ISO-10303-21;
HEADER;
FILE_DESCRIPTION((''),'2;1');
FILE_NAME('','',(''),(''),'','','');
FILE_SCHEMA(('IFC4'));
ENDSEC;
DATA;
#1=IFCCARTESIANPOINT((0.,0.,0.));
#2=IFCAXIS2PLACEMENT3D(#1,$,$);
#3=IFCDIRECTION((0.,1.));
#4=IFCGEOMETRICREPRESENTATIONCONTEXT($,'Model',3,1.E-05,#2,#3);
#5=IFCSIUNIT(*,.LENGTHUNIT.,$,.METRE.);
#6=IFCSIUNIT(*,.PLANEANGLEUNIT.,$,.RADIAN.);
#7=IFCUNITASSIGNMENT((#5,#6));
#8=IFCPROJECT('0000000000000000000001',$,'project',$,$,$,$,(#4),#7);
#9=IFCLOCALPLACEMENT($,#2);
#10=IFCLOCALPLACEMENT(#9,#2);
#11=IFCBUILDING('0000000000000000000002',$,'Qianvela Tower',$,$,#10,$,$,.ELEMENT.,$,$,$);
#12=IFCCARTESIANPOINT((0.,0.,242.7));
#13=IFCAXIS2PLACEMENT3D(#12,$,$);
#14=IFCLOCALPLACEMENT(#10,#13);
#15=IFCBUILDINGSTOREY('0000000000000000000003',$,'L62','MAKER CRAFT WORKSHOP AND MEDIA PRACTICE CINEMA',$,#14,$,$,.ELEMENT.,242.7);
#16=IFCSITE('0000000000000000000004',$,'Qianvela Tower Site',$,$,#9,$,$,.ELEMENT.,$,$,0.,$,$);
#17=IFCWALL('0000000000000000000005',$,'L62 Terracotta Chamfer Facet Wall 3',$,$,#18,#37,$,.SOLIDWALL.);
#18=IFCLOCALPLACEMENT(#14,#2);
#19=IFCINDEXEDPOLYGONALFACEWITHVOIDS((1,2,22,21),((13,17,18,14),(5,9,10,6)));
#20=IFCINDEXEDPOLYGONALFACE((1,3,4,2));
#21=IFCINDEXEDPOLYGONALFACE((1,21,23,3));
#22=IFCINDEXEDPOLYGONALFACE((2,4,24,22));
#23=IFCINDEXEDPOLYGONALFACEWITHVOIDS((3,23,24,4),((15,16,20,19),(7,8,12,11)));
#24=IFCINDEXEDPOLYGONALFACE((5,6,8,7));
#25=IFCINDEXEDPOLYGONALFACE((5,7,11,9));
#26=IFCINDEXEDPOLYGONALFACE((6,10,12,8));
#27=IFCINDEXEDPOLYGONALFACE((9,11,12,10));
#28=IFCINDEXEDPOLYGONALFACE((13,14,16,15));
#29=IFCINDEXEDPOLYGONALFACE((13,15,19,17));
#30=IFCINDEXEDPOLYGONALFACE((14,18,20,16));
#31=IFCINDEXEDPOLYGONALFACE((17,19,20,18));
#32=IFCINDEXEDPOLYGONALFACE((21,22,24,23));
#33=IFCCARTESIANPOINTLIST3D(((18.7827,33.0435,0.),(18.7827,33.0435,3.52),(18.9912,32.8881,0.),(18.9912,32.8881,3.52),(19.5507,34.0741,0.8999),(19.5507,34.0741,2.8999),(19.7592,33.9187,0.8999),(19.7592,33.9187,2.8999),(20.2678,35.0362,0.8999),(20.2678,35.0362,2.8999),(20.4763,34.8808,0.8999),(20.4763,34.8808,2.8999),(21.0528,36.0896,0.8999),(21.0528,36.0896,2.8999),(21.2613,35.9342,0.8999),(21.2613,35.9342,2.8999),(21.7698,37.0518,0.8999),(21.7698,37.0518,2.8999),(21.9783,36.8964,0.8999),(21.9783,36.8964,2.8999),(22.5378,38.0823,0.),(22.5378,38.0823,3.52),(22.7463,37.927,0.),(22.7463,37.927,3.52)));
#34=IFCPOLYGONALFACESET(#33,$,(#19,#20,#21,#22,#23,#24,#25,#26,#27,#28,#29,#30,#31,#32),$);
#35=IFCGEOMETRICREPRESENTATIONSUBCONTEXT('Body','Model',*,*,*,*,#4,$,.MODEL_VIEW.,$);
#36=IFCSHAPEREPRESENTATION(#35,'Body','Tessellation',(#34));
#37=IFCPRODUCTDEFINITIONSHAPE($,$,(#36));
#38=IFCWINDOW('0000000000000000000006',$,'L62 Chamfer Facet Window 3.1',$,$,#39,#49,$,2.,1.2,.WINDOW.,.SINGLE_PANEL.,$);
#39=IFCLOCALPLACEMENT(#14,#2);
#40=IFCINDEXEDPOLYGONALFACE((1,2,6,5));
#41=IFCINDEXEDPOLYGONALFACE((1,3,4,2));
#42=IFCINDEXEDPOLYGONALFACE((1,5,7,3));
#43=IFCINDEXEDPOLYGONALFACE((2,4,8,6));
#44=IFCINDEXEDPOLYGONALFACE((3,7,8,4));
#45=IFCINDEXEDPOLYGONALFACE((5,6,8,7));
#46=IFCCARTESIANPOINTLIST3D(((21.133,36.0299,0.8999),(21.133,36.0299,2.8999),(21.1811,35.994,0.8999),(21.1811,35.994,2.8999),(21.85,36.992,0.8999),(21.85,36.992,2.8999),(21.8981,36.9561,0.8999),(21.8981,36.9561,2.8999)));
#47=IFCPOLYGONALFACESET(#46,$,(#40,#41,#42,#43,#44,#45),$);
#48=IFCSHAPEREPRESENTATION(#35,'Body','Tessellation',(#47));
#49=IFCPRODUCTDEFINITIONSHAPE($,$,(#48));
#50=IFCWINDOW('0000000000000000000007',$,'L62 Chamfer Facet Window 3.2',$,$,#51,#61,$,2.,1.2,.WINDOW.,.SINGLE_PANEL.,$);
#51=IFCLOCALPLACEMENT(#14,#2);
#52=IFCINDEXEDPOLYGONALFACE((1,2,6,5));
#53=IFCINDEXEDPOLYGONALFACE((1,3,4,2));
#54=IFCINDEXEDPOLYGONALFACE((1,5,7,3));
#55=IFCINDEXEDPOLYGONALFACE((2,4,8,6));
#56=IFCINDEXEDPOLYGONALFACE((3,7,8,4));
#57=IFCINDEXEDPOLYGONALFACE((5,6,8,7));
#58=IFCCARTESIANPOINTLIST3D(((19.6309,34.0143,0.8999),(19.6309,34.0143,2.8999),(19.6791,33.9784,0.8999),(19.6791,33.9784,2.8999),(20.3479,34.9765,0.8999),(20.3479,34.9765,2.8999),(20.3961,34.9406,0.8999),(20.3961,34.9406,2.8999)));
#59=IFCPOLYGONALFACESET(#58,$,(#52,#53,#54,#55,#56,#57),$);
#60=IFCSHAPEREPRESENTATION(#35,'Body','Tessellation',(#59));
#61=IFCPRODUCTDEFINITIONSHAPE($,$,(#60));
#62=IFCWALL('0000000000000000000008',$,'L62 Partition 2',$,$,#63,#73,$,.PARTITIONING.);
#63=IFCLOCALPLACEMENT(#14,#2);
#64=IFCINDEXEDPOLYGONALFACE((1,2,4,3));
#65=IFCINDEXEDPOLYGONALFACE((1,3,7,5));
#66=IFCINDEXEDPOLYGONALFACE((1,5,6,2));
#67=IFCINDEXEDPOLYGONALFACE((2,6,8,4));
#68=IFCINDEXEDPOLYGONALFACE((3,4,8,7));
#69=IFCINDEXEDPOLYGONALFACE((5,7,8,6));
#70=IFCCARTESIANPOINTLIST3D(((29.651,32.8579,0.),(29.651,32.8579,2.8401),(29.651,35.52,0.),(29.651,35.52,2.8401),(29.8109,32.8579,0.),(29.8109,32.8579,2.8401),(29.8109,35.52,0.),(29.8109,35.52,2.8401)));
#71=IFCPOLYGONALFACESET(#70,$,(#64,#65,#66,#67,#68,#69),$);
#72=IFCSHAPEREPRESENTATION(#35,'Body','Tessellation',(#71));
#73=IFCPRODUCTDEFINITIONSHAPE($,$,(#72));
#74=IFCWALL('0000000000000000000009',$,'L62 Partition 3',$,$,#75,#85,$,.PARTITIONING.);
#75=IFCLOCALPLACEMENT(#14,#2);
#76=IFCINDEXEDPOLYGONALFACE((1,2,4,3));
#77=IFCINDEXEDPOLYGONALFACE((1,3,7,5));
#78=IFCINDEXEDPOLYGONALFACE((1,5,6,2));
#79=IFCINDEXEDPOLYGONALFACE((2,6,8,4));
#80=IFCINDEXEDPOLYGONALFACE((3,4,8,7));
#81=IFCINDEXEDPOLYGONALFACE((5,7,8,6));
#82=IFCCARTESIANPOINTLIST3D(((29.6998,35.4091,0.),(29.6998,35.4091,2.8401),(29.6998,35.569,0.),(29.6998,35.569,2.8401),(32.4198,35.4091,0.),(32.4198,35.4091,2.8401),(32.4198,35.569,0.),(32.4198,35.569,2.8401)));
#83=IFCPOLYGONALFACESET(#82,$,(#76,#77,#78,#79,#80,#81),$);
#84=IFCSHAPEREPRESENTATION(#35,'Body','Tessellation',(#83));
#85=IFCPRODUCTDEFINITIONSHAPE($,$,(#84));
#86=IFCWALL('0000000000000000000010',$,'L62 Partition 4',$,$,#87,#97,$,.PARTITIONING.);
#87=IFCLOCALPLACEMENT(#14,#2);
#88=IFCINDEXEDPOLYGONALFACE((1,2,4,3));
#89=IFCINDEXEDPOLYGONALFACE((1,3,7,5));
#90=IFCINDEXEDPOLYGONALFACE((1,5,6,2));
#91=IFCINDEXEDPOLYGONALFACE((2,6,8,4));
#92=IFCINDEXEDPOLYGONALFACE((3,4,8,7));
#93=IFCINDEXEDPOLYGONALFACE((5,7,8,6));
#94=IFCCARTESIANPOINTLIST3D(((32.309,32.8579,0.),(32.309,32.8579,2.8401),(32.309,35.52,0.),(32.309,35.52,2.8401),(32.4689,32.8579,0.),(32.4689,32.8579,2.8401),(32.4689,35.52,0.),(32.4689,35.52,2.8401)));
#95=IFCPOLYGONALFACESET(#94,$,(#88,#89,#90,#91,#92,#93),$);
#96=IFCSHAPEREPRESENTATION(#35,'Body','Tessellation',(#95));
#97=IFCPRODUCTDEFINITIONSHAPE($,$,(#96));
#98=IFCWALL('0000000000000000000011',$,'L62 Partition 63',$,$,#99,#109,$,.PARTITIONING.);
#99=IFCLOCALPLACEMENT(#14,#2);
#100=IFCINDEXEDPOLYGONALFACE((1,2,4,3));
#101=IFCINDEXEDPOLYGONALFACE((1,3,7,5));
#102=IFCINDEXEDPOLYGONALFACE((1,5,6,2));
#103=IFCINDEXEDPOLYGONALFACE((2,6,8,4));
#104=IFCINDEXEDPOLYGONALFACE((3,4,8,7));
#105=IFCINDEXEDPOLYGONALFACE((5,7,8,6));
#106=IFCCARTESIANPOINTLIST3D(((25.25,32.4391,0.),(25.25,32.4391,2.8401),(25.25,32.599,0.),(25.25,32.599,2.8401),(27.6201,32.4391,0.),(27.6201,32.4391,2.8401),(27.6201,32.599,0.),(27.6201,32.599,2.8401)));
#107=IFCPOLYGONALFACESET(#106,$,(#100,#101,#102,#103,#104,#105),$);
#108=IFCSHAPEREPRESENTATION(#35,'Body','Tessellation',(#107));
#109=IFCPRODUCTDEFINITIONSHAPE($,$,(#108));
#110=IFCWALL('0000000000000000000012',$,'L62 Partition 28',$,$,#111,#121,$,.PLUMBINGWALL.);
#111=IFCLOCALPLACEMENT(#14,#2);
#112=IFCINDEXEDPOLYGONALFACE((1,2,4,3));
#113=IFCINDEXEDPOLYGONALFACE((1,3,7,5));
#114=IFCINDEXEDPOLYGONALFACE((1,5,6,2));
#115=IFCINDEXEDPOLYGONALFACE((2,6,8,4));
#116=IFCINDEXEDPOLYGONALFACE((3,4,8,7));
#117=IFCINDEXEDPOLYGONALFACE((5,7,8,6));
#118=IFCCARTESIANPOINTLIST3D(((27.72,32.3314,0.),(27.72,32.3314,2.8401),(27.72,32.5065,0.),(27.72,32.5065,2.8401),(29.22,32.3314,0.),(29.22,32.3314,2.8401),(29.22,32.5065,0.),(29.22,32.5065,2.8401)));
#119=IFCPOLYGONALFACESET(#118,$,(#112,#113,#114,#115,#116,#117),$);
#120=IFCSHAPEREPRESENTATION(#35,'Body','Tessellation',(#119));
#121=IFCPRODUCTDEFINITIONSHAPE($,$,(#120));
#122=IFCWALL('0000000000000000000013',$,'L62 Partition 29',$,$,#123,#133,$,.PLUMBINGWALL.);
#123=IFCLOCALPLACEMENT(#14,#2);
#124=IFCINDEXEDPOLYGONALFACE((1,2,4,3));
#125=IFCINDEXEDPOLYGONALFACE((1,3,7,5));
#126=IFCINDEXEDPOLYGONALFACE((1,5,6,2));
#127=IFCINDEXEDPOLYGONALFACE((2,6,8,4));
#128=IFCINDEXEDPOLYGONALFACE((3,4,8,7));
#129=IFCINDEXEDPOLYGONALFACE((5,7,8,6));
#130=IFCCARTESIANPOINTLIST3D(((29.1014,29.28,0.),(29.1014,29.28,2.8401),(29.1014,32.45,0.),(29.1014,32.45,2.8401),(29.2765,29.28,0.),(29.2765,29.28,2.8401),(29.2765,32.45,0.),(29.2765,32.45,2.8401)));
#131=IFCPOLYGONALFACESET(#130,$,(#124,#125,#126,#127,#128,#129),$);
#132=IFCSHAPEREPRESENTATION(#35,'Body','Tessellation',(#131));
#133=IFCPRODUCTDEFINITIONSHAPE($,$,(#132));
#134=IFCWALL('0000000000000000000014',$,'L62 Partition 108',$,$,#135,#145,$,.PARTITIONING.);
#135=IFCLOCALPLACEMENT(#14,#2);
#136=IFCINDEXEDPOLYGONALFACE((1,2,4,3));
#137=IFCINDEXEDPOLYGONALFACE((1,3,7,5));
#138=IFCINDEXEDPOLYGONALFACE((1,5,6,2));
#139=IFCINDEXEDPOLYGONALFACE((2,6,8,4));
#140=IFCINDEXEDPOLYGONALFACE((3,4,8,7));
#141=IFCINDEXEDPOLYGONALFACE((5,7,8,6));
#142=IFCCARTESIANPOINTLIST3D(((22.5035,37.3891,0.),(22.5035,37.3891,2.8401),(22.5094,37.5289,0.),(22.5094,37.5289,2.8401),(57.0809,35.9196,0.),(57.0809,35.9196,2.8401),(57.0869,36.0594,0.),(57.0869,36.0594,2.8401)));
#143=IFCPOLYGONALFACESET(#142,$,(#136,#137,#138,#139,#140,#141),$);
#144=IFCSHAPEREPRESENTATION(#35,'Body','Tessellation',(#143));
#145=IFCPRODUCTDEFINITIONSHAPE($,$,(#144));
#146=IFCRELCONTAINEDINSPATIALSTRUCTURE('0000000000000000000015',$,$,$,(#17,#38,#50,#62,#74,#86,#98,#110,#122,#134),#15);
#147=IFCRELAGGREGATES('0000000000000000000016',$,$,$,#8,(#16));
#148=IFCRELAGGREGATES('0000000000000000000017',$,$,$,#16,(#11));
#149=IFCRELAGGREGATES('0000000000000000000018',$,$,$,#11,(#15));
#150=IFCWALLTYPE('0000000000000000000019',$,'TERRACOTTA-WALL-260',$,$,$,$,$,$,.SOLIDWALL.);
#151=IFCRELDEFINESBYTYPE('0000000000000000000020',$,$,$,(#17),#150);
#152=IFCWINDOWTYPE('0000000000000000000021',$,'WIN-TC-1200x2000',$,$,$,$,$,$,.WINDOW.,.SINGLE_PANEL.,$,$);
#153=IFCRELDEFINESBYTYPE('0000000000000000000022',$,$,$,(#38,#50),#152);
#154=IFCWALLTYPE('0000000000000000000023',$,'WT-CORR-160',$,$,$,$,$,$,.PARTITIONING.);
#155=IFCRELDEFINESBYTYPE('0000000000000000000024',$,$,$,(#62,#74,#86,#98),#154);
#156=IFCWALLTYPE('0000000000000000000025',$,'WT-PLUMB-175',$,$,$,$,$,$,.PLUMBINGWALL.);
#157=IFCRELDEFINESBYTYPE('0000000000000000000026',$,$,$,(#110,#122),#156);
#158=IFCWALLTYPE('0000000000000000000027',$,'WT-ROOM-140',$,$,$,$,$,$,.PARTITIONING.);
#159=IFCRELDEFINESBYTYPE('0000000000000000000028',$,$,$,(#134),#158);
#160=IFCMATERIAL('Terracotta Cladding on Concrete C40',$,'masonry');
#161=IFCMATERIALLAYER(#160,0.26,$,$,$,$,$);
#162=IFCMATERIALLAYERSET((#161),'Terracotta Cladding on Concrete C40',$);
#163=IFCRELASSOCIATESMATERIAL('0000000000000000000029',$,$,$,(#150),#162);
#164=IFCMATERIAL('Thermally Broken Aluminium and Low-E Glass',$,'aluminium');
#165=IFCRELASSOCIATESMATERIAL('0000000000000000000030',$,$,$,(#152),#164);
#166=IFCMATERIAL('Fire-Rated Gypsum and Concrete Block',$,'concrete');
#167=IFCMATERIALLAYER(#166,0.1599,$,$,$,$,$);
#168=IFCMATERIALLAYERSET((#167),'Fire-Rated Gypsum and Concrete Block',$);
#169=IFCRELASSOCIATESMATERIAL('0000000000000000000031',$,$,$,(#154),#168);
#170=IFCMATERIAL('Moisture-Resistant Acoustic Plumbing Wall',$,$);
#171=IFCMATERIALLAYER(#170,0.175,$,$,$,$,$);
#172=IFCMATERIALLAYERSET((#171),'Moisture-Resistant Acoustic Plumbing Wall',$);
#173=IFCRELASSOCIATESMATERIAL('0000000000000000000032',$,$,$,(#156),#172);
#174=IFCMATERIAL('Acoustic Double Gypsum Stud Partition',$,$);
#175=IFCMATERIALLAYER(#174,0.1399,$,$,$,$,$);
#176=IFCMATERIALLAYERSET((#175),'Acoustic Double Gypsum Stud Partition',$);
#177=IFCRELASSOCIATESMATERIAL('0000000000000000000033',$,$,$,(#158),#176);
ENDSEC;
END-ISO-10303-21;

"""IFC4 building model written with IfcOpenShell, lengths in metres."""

from ifc_helpers import new_model, si_unit, direction, frame, frame_2d, origin, place, context, subcontext, project, spatial, rectangle, extrude, material, layer, layer_set, type_object, element, fill, save


model = new_model("IFC4")

# Units and contexts
model_context = context("Model", 3, precision=1e-05, world=origin(), true_north=direction((0.0, 1.0)))
body_context = subcontext(model_context, "Body", "Model", "MODEL_VIEW")
ifc_project = project(units=[si_unit("LENGTHUNIT", "METRE"), si_unit("PLANEANGLEUNIT", "RADIAN")], contexts=[model_context])

# Site, building, storey
site_placement = place(None, origin())
site = spatial("IfcSite", under=ifc_project, at=site_placement, Name="Qianvela Tower Site", CompositionType="ELEMENT", RefElevation=0.0)
building_placement = place(site_placement, origin())
building = spatial("IfcBuilding", under=site, at=building_placement, Name="Qianvela Tower", CompositionType="ELEMENT")
storey_placement = place(building_placement, frame((0.0, 0.0, 242.7)))
storey = spatial("IfcBuildingStorey", under=building, at=storey_placement, Name="L62", Description="MAKER CRAFT WORKSHOP AND MEDIA PRACTICE CINEMA", CompositionType="ELEMENT", Elevation=242.7)

# Wall, openings, windows
ifc_material_1 = material(Name="Terracotta Cladding on Concrete C40", Category="masonry")
ifc_layer_1 = layer(ifc_material_1, 0.26)
ifc_layer_set_1 = layer_set([ifc_layer_1], Name="Terracotta Cladding on Concrete C40")
wall_type_1 = type_object("IfcWallType", Name="TERRACOTTA-WALL-260", PredefinedType="SOLIDWALL", material=ifc_layer_set_1)
wall_1_placement = place(storey_placement, frame((22.6421, 38.0046, 0.0), z_axis=(0.0, 0.0, 1.0), x_axis=(-0.597554, -0.801828, 0.0)))
wall_1 = element("IfcWall", 1, at=wall_1_placement, inside=storey, type_object=wall_type_1, Name="L62 Terracotta Chamfer Facet Wall 3", PredefinedType="SOLIDWALL", context=body_context, shape_type="SweptSolid", body=[
    extrude(rectangle(XDim=6.2842, YDim=0.26, at=frame_2d((3.1421, 0.0))), origin(), (0.0, 0.0, 1.0), 3.52),
])
opening_1_placement = place(wall_1_placement, frame((1.2852, 0.0, 0.8999)))
opening_1 = element("IfcOpeningElement", 2, at=opening_1_placement, cuts=wall_1, PredefinedType="OPENING", context=body_context, shape_type="SweptSolid", body=[
    extrude(rectangle(XDim=1.2, YDim=2.0, at=frame_2d((0.6001, 1.0))), frame((0.0, 0.1399, 0.0), z_axis=(0.0, -1.0, 0.0), x_axis=(1.0, 0.0, 0.0)), (0.0, 0.0, 1.0), 0.28),
])
opening_2_placement = place(wall_1_placement, frame((3.7988, 0.0, 0.8999)))
opening_2 = element("IfcOpeningElement", 3, at=opening_2_placement, cuts=wall_1, PredefinedType="OPENING", context=body_context, shape_type="SweptSolid", body=[
    extrude(rectangle(XDim=1.2, YDim=2.0, at=frame_2d((0.6001, 1.0))), frame((0.0, 0.1399, 0.0), z_axis=(0.0, -1.0, 0.0), x_axis=(1.0, 0.0, 0.0)), (0.0, 0.0, 1.0), 0.28),
])
ifc_material_2 = material(Name="Thermally Broken Aluminium and Low-E Glass", Category="aluminium")
window_type = type_object("IfcWindowType", Name="WIN-TC-1200x2000", PartitioningType="SINGLE_PANEL", PredefinedType="WINDOW", material=ifc_material_2)
window_1_placement = place(opening_1_placement, origin())
window_1 = element("IfcWindow", 4, at=window_1_placement, inside=storey, type_object=window_type, Name="L62 Chamfer Facet Window 3.1", OverallHeight=2.0, OverallWidth=1.2, PartitioningType="SINGLE_PANEL", PredefinedType="WINDOW", context=body_context, shape_type="SweptSolid", body=[
    extrude(rectangle(XDim=1.2, YDim=2.0, at=frame_2d((0.6001, 1.0))), frame((0.0, 0.03, 0.0), z_axis=(0.0, -1.0, 0.0), x_axis=(1.0, 0.0, 0.0)), (0.0, 0.0, 1.0), 0.0601),
])
fill(opening_1, window_1)
window_2_placement = place(opening_2_placement, origin())
window_2 = element("IfcWindow", 5, at=window_2_placement, inside=storey, type_object=window_type, Name="L62 Chamfer Facet Window 3.2", OverallHeight=2.0, OverallWidth=1.2, PartitioningType="SINGLE_PANEL", PredefinedType="WINDOW", context=body_context, shape_type="SweptSolid", body=[
    extrude(rectangle(XDim=1.2, YDim=2.0, at=frame_2d((0.6001, 1.0))), frame((0.0, 0.03, 0.0), z_axis=(0.0, -1.0, 0.0), x_axis=(1.0, 0.0, 0.0)), (0.0, 0.0, 1.0), 0.0601),
])
fill(opening_2, window_2)

# Walls
ifc_material_3 = material(Name="Fire-Rated Gypsum and Concrete Block", Category="concrete")
ifc_layer_2 = layer(ifc_material_3, 0.1599)
ifc_layer_set_2 = layer_set([ifc_layer_2], Name="Fire-Rated Gypsum and Concrete Block")
wall_type_2 = type_object("IfcWallType", Name="WT-CORR-160", PredefinedType="PARTITIONING", material=ifc_layer_set_2)
wall_2_placement = place(storey_placement, frame((29.731, 32.8579, 0.0), z_axis=(0.0, 0.0, 1.0), x_axis=(0.0, 1.0, 0.0)))
element("IfcWall", 6, at=wall_2_placement, inside=storey, type_object=wall_type_2, Name="L62 Partition 2", PredefinedType="PARTITIONING", context=body_context, shape_type="SweptSolid", body=[
    extrude(rectangle(XDim=2.6621, YDim=0.1599, at=frame_2d((1.3311, 0.0))), origin(), (0.0, 0.0, 1.0), 2.8401),
])
wall_3_placement = place(storey_placement, frame((29.7, 35.489, 0.0), z_axis=(0.0, 0.0, 1.0), x_axis=(1.0, 0.0, 0.0)))
element("IfcWall", 7, at=wall_3_placement, inside=storey, type_object=wall_type_2, Name="L62 Partition 3", PredefinedType="PARTITIONING", context=body_context, shape_type="SweptSolid", body=[
    extrude(rectangle(XDim=2.72, YDim=0.1599, at=frame_2d((1.3599, 0.0))), origin(), (0.0, 0.0, 1.0), 2.8401),
])
wall_4_placement = place(storey_placement, frame((32.3889, 35.52, 0.0), z_axis=(0.0, 0.0, 1.0), x_axis=(0.0, -1.0, 0.0)))
element("IfcWall", 8, at=wall_4_placement, inside=storey, type_object=wall_type_2, Name="L62 Partition 4", PredefinedType="PARTITIONING", context=body_context, shape_type="SweptSolid", body=[
    extrude(rectangle(XDim=2.6621, YDim=0.1599, at=frame_2d((1.3311, 0.0))), origin(), (0.0, 0.0, 1.0), 2.8401),
])
wall_5_placement = place(storey_placement, frame((25.25, 32.519, 0.0), z_axis=(0.0, 0.0, 1.0), x_axis=(1.0, 0.0, 0.0)))
element("IfcWall", 9, at=wall_5_placement, inside=storey, type_object=wall_type_2, Name="L62 Partition 63", PredefinedType="PARTITIONING", context=body_context, shape_type="SweptSolid", body=[
    extrude(rectangle(XDim=2.3701, YDim=0.1599, at=frame_2d((1.1851, 0.0))), origin(), (0.0, 0.0, 1.0), 2.8401),
])
ifc_material_4 = material(Name="Moisture-Resistant Acoustic Plumbing Wall")
ifc_layer_3 = layer(ifc_material_4, 0.175)
ifc_layer_set_3 = layer_set([ifc_layer_3], Name="Moisture-Resistant Acoustic Plumbing Wall")
wall_type_3 = type_object("IfcWallType", Name="WT-PLUMB-175", PredefinedType="PLUMBINGWALL", material=ifc_layer_set_3)
wall_6_placement = place(storey_placement, frame((27.72, 32.4189, 0.0), z_axis=(0.0, 0.0, 1.0), x_axis=(1.0, 0.0, 0.0)))
element("IfcWall", 10, at=wall_6_placement, inside=storey, type_object=wall_type_3, Name="L62 Partition 28", PredefinedType="PLUMBINGWALL", context=body_context, shape_type="SweptSolid", body=[
    extrude(rectangle(XDim=1.5, YDim=0.175, at=frame_2d((0.75, 0.0))), origin(), (0.0, 0.0, 1.0), 2.8401),
])
wall_7_placement = place(storey_placement, frame((29.189, 32.45, 0.0), z_axis=(0.0, 0.0, 1.0), x_axis=(0.0, -1.0, 0.0)))
element("IfcWall", 11, at=wall_7_placement, inside=storey, type_object=wall_type_3, Name="L62 Partition 29", PredefinedType="PLUMBINGWALL", context=body_context, shape_type="SweptSolid", body=[
    extrude(rectangle(XDim=3.1699, YDim=0.175, at=frame_2d((1.585, 0.0))), origin(), (0.0, 0.0, 1.0), 2.8401),
])
ifc_material_5 = material(Name="Acoustic Double Gypsum Stud Partition")
ifc_layer_4 = layer(ifc_material_5, 0.1399)
ifc_layer_set_4 = layer_set([ifc_layer_4], Name="Acoustic Double Gypsum Stud Partition")
wall_type_4 = type_object("IfcWallType", Name="WT-ROOM-140", PredefinedType="PARTITIONING", material=ifc_layer_set_4)
wall_8_placement = place(storey_placement, frame((22.5066, 37.459, 0.0), z_axis=(0.0, 0.0, 1.0), x_axis=(0.999098, -0.04246, 0.0)))
element("IfcWall", 12, at=wall_8_placement, inside=storey, type_object=wall_type_4, Name="L62 Partition 108", PredefinedType="PARTITIONING", context=body_context, shape_type="SweptSolid", body=[
    extrude(rectangle(XDim=34.6086, YDim=0.1399, at=frame_2d((17.3042, 0.0))), origin(), (0.0, 0.0, 1.0), 2.8401),
])

save(model, "model.ifc")
